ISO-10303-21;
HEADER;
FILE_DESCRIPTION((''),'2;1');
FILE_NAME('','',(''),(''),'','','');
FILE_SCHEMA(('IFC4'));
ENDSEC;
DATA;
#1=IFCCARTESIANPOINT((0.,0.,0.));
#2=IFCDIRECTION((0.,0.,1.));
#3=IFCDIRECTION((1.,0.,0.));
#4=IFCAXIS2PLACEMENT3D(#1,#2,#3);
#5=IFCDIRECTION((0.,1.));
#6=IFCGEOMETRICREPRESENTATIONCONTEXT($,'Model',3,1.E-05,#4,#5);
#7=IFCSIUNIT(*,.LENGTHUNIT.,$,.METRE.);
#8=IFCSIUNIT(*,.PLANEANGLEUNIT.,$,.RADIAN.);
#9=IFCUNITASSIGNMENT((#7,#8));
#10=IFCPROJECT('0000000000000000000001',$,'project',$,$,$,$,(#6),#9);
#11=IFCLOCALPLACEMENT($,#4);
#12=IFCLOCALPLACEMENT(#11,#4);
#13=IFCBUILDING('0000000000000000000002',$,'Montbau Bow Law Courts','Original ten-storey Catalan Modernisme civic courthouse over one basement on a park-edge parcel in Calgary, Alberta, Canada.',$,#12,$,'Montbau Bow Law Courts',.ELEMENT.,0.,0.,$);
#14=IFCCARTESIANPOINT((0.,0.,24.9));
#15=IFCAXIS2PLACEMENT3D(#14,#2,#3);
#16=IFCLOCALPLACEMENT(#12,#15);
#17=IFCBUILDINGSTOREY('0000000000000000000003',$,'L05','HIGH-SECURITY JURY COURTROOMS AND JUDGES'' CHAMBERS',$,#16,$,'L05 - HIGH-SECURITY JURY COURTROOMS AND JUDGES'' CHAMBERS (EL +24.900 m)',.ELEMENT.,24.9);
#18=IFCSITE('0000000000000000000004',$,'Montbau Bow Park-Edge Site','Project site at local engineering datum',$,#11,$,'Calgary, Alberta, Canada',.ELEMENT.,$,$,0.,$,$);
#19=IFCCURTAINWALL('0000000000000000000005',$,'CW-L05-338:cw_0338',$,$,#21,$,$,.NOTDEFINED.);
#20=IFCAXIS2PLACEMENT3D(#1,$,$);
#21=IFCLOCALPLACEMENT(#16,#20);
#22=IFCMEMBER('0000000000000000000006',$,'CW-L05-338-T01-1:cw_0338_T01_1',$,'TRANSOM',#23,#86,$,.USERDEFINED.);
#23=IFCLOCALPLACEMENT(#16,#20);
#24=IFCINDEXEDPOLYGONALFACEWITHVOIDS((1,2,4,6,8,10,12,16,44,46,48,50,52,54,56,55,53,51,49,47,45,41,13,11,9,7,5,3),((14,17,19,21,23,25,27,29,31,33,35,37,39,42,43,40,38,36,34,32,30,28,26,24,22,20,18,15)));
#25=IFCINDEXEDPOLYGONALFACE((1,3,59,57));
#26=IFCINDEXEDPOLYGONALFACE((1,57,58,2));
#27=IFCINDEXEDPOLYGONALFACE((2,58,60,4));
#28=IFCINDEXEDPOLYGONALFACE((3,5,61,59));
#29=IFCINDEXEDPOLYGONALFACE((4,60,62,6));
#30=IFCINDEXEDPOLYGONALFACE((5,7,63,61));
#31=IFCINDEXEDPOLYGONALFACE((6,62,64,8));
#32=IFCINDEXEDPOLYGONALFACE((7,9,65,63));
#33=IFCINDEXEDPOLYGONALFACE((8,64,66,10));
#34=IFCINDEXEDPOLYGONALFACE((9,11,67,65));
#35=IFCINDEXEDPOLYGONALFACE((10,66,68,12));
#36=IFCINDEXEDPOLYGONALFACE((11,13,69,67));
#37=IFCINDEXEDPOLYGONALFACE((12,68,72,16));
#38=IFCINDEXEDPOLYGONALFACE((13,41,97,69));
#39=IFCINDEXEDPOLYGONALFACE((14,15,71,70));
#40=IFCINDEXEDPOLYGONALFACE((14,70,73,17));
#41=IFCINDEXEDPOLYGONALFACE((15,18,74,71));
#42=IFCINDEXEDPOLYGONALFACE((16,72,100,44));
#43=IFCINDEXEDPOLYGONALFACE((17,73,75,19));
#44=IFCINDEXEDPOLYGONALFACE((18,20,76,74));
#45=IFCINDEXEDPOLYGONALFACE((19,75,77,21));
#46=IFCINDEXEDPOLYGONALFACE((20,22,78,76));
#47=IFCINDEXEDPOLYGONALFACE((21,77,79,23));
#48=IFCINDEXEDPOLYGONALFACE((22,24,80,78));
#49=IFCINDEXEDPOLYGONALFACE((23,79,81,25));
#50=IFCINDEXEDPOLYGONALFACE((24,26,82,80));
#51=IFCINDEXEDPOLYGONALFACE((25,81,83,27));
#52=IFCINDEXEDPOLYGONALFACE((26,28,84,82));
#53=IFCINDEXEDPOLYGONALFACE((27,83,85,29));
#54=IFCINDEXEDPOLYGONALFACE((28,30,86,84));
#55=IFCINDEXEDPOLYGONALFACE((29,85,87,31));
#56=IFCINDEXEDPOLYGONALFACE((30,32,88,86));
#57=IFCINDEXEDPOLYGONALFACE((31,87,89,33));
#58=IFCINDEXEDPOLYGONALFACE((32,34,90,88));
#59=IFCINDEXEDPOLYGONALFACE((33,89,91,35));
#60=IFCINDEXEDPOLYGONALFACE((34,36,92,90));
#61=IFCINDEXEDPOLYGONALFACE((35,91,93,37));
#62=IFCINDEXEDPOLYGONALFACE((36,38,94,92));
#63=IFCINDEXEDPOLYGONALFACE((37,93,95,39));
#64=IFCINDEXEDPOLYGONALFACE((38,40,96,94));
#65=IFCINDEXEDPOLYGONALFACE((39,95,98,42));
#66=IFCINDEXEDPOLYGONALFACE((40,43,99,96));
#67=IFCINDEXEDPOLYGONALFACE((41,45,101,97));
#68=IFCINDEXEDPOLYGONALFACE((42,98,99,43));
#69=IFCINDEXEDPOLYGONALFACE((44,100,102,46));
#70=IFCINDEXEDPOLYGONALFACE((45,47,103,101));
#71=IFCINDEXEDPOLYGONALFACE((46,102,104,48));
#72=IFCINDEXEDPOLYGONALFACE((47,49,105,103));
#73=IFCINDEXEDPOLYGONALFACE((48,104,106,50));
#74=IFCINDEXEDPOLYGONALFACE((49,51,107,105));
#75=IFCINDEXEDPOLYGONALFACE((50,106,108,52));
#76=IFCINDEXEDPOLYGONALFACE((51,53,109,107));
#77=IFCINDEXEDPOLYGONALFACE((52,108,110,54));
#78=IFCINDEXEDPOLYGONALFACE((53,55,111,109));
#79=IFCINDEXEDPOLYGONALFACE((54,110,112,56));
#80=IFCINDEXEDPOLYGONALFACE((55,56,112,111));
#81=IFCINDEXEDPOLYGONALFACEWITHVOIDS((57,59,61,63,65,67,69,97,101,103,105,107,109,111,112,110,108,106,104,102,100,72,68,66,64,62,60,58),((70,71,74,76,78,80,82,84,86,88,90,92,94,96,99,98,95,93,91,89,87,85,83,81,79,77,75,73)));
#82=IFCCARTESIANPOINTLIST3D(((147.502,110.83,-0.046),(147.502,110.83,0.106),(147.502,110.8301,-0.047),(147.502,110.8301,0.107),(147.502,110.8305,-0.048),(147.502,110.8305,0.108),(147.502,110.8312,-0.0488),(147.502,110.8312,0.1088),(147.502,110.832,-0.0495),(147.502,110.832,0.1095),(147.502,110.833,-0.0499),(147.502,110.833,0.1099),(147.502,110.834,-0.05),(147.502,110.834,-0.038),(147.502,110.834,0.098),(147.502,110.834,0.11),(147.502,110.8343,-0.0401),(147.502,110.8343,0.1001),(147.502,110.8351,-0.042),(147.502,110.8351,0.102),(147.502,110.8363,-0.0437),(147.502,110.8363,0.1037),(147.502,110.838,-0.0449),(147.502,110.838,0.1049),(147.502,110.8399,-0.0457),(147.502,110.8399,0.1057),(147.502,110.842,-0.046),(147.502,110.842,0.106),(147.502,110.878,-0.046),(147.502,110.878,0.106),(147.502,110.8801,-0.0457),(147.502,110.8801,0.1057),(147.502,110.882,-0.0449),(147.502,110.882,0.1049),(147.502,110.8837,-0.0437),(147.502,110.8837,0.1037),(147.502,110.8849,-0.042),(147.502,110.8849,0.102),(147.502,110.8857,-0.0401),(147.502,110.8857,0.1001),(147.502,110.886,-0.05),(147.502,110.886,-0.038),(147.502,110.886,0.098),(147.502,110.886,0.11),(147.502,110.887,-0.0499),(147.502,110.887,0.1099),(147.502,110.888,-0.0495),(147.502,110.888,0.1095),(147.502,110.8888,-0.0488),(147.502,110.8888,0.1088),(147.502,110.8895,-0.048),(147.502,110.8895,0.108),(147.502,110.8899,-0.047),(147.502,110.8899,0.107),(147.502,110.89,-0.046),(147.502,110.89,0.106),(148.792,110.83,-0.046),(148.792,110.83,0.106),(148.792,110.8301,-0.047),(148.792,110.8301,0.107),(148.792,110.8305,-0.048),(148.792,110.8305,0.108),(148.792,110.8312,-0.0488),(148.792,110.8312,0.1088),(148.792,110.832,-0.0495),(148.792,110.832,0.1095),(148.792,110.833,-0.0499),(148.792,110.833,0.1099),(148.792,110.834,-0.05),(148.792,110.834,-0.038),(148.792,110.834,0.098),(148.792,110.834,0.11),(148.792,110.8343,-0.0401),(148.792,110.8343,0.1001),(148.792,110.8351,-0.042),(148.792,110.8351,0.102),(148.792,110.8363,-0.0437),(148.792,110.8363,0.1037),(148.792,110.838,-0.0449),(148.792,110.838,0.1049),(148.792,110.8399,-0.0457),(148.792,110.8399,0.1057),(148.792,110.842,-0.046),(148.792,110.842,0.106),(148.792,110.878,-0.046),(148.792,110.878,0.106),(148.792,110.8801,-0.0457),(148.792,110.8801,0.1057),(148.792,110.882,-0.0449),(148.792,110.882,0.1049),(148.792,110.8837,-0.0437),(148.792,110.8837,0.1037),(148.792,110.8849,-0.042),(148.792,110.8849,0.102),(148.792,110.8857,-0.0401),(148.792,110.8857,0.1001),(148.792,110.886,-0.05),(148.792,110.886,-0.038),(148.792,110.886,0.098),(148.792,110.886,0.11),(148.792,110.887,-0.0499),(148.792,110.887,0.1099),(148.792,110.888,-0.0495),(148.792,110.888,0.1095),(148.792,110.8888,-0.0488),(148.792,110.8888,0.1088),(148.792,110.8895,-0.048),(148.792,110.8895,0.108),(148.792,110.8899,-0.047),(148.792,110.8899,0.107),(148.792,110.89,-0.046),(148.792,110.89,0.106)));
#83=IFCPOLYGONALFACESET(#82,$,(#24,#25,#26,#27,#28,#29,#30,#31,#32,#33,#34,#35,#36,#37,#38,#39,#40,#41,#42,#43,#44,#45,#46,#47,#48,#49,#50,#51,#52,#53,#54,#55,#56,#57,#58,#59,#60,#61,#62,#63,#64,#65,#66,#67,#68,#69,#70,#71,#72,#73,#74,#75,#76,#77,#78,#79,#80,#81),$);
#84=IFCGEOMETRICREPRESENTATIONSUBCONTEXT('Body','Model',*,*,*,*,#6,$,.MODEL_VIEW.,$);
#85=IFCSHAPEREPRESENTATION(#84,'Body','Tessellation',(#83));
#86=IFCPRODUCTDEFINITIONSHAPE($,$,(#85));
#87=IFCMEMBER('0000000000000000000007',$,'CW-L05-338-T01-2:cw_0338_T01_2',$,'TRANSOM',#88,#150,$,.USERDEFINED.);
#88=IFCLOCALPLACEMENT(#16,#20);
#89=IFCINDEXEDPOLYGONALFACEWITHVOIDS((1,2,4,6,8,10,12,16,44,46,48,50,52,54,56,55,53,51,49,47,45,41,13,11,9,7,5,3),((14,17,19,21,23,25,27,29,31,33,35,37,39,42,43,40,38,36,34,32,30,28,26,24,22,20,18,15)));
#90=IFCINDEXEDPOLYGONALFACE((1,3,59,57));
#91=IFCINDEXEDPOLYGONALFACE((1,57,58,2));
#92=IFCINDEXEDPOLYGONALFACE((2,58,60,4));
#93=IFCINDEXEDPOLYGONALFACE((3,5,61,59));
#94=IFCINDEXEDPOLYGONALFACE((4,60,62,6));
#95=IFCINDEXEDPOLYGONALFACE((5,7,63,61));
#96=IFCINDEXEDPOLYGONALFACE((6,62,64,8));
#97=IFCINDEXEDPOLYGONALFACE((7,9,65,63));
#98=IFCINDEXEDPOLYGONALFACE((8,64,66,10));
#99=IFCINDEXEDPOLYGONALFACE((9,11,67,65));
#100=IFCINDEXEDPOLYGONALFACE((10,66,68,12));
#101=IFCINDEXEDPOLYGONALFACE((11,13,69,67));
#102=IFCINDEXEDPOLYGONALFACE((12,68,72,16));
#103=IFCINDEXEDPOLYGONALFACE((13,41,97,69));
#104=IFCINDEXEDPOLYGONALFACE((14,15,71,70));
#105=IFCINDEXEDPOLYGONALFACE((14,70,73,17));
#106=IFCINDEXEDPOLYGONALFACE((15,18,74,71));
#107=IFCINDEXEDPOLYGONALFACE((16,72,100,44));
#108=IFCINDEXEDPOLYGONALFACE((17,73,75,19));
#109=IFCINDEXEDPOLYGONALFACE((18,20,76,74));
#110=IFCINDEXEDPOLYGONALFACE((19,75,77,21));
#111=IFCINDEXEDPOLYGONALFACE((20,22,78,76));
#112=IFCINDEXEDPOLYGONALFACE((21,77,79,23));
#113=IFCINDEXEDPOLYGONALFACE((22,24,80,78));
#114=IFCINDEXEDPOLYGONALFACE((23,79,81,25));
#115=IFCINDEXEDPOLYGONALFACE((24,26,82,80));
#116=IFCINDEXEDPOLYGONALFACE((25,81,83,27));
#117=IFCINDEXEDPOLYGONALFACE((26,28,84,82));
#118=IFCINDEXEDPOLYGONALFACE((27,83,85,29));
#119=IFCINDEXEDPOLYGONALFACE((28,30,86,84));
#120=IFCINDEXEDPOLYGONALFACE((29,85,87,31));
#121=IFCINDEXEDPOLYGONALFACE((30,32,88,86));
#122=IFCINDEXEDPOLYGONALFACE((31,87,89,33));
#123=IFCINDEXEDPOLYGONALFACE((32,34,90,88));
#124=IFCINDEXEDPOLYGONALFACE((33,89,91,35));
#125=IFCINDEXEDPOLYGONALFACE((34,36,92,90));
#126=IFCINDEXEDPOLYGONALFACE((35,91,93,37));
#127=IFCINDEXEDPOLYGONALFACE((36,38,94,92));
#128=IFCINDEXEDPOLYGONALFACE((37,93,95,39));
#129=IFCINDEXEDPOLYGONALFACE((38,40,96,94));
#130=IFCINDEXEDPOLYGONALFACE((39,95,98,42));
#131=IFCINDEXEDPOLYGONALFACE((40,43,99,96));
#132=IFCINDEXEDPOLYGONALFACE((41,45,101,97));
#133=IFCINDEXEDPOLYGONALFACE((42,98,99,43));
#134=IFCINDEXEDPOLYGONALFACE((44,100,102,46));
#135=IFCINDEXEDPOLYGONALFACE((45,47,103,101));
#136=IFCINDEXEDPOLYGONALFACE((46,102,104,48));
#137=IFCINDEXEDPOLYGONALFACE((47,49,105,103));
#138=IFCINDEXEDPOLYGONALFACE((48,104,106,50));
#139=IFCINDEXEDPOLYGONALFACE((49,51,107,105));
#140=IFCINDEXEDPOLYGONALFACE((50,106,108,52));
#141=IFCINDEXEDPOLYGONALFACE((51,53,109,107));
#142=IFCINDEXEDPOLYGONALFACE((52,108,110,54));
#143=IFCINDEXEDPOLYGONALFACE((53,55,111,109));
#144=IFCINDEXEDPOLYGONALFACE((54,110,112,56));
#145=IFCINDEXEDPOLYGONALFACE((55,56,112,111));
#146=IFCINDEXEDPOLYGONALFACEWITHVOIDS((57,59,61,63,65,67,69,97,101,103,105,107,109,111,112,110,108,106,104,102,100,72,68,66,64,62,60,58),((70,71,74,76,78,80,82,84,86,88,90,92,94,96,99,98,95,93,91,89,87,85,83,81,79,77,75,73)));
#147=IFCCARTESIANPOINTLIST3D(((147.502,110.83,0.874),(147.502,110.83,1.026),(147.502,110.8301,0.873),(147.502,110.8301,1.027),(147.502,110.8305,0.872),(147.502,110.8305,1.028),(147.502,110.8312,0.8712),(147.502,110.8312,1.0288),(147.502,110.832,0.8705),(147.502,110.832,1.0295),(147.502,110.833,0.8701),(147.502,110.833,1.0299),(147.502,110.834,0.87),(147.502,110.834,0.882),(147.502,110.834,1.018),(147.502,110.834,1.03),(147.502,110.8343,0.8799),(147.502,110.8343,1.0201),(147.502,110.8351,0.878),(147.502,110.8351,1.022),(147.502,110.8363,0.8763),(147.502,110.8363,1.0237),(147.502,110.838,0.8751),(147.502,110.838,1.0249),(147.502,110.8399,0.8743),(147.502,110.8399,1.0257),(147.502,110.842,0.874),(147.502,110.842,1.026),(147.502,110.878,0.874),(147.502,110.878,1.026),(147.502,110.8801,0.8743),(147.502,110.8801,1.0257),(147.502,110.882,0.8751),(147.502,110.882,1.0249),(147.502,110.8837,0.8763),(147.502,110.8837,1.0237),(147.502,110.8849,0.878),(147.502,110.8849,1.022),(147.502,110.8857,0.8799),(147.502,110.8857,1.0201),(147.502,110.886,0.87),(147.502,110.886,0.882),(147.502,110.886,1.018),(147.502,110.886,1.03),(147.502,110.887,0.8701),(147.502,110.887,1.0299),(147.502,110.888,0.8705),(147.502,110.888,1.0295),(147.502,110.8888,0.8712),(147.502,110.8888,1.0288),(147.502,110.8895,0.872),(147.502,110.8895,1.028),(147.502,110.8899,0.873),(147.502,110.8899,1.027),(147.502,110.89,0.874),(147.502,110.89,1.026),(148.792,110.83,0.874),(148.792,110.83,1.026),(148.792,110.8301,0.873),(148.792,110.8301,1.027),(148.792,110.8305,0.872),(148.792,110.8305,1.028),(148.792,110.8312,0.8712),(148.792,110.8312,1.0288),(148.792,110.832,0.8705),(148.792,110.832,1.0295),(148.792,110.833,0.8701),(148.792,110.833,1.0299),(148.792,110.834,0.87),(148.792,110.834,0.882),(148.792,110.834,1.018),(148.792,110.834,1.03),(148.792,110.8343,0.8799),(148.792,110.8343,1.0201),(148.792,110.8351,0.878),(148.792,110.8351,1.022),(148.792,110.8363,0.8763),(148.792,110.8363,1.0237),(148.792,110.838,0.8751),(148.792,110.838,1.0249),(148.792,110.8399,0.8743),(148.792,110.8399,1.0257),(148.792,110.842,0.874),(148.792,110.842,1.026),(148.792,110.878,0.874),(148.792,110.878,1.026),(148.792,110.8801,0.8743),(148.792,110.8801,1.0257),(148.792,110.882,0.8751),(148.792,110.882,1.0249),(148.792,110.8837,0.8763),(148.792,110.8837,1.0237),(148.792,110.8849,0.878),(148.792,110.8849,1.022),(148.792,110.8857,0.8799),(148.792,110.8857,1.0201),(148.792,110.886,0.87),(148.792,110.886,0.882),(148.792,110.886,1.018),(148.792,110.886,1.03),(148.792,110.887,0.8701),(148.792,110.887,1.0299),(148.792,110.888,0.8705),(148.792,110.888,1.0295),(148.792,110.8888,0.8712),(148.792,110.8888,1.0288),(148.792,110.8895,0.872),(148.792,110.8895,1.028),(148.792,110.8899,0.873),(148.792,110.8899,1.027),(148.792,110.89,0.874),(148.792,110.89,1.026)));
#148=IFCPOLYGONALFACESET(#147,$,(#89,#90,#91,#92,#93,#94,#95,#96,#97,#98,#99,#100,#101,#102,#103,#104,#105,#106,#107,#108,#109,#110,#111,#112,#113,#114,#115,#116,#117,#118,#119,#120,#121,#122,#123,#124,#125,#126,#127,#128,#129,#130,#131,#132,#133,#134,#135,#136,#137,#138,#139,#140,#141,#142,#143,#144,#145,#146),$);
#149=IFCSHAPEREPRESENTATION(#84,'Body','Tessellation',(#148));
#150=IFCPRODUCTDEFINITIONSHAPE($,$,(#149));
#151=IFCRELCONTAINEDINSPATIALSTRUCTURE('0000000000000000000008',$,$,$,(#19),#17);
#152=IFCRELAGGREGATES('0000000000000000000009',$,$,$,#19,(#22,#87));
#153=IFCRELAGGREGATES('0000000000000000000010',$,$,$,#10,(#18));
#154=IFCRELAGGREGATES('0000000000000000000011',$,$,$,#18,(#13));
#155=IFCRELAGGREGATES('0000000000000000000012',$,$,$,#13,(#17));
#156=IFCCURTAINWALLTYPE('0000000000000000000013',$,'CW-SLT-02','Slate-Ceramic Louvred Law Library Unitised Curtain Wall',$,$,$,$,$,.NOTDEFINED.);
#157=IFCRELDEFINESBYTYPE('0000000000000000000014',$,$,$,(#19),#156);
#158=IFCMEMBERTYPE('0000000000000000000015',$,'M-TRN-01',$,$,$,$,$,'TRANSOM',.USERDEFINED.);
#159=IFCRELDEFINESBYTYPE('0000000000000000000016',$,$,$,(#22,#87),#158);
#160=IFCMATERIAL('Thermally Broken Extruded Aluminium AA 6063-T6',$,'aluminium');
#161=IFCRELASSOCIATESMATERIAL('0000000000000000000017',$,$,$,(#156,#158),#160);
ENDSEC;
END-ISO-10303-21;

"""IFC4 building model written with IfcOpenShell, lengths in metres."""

from ifc_helpers import new_model, si_unit, direction, frame, origin_with_axes, origin_2d_with_axis, place, context, subcontext, project, spatial, hollow_rectangle, extrude, material, material_profile, profile_set, type_object, element, aggregate, save


model = new_model("IFC4")

# Units and contexts
model_context = context("Model", 3, precision=1e-05, world=origin_with_axes(), true_north=direction((0.0, 1.0)))
body_context = subcontext(model_context, "Body", "Model", "MODEL_VIEW")
ifc_project = project(units=[si_unit("LENGTHUNIT", "METRE"), si_unit("PLANEANGLEUNIT", "RADIAN")], contexts=[model_context])

# Site, building, storey
site_placement = place(None, origin_with_axes())
site = spatial("IfcSite", under=ifc_project, at=site_placement, Name="Montbau Bow Park-Edge Site", Description="Project site at local engineering datum", LongName="Calgary, Alberta, Canada", CompositionType="ELEMENT", RefElevation=0.0)
building_placement = place(site_placement, origin_with_axes())
building = spatial("IfcBuilding", under=site, at=building_placement, Name="Montbau Bow Law Courts", Description="Original ten-storey Catalan Modernisme civic courthouse over one basement on a park-edge parcel in Calgary, Alberta, Canada.", LongName="Montbau Bow Law Courts", CompositionType="ELEMENT", ElevationOfRefHeight=0.0, ElevationOfTerrain=0.0)
storey_placement = place(building_placement, frame((0.0, 0.0, 24.9), z_axis=(0.0, 0.0, 1.0), x_axis=(1.0, 0.0, 0.0)))
storey = spatial("IfcBuildingStorey", under=building, at=storey_placement, Name="L05", Description="HIGH-SECURITY JURY COURTROOMS AND JUDGES' CHAMBERS", LongName="L05 - HIGH-SECURITY JURY COURTROOMS AND JUDGES' CHAMBERS (EL +24.900 m)", CompositionType="ELEMENT", Elevation=24.9)

# Curtain wall, members
ifc_material_1 = material(Name="Thermally Broken Extruded Aluminium AA 6063-T6", Category="aluminium")
curtain_wall_type = type_object("IfcCurtainWallType", Name="CW-SLT-02", Description="Slate-Ceramic Louvred Law Library Unitised Curtain Wall", PredefinedType="NOTDEFINED", material=ifc_material_1)
curtain_wall_placement = place(None, frame((147.44, 110.86, 24.9), z_axis=(0.0, 0.0, 1.0), x_axis=(1.0, 0.0, 0.0)))
curtain_wall = element("IfcCurtainWall", 1, at=curtain_wall_placement, inside=storey, type_object=curtain_wall_type, Name="CW-L05-338:cw_0338", PredefinedType="NOTDEFINED")
ifc_material_profile_1 = material_profile(ifc_material_1, hollow_rectangle(XDim=0.06, YDim=0.16, WallThickness=0.004, InnerFilletRadius=0.008, OuterFilletRadius=0.004, at=origin_2d_with_axis()), Name="CWT-160X60", Category="Main", Priority=0)
ifc_profile_set_1 = profile_set([ifc_material_profile_1], Name="Thermally Broken Extruded Aluminium AA 6063-T6")
member_type_1 = type_object("IfcMemberType", Name="M-TRN-01", ElementType="TRANSOM", PredefinedType="USERDEFINED", material=ifc_profile_set_1)
member_1_placement = place(None, frame((147.502, 110.86, 24.93), z_axis=(1.0, 0.0, 0.0), x_axis=(0.0, 1.0, 0.0)))
member_1 = element("IfcMember", 2, at=member_1_placement, type_object=member_type_1, Name="CW-L05-338-T01-1:cw_0338_T01_1", ObjectType="TRANSOM", PredefinedType="USERDEFINED", context=body_context, shape_type="SweptSolid", body=[
    extrude(hollow_rectangle(XDim=0.06, YDim=0.16, WallThickness=0.004, InnerFilletRadius=0.008, OuterFilletRadius=0.004, at=origin_2d_with_axis()), origin_with_axes(), (0.0, 0.0, 1.0), 1.29),
])
member_2_placement = place(None, frame((147.502, 110.86, 25.85), z_axis=(1.0, 0.0, 0.0), x_axis=(0.0, 1.0, 0.0)))
member_2 = element("IfcMember", 3, at=member_2_placement, type_object=member_type_1, Name="CW-L05-338-T01-2:cw_0338_T01_2", ObjectType="TRANSOM", PredefinedType="USERDEFINED", context=body_context, shape_type="SweptSolid", body=[
    extrude(hollow_rectangle(XDim=0.06, YDim=0.16, WallThickness=0.004, InnerFilletRadius=0.008, OuterFilletRadius=0.004, at=origin_2d_with_axis()), origin_with_axes(), (0.0, 0.0, 1.0), 1.29),
])
aggregate(curtain_wall, [member_1, member_2])

save(model, "model.ifc")
